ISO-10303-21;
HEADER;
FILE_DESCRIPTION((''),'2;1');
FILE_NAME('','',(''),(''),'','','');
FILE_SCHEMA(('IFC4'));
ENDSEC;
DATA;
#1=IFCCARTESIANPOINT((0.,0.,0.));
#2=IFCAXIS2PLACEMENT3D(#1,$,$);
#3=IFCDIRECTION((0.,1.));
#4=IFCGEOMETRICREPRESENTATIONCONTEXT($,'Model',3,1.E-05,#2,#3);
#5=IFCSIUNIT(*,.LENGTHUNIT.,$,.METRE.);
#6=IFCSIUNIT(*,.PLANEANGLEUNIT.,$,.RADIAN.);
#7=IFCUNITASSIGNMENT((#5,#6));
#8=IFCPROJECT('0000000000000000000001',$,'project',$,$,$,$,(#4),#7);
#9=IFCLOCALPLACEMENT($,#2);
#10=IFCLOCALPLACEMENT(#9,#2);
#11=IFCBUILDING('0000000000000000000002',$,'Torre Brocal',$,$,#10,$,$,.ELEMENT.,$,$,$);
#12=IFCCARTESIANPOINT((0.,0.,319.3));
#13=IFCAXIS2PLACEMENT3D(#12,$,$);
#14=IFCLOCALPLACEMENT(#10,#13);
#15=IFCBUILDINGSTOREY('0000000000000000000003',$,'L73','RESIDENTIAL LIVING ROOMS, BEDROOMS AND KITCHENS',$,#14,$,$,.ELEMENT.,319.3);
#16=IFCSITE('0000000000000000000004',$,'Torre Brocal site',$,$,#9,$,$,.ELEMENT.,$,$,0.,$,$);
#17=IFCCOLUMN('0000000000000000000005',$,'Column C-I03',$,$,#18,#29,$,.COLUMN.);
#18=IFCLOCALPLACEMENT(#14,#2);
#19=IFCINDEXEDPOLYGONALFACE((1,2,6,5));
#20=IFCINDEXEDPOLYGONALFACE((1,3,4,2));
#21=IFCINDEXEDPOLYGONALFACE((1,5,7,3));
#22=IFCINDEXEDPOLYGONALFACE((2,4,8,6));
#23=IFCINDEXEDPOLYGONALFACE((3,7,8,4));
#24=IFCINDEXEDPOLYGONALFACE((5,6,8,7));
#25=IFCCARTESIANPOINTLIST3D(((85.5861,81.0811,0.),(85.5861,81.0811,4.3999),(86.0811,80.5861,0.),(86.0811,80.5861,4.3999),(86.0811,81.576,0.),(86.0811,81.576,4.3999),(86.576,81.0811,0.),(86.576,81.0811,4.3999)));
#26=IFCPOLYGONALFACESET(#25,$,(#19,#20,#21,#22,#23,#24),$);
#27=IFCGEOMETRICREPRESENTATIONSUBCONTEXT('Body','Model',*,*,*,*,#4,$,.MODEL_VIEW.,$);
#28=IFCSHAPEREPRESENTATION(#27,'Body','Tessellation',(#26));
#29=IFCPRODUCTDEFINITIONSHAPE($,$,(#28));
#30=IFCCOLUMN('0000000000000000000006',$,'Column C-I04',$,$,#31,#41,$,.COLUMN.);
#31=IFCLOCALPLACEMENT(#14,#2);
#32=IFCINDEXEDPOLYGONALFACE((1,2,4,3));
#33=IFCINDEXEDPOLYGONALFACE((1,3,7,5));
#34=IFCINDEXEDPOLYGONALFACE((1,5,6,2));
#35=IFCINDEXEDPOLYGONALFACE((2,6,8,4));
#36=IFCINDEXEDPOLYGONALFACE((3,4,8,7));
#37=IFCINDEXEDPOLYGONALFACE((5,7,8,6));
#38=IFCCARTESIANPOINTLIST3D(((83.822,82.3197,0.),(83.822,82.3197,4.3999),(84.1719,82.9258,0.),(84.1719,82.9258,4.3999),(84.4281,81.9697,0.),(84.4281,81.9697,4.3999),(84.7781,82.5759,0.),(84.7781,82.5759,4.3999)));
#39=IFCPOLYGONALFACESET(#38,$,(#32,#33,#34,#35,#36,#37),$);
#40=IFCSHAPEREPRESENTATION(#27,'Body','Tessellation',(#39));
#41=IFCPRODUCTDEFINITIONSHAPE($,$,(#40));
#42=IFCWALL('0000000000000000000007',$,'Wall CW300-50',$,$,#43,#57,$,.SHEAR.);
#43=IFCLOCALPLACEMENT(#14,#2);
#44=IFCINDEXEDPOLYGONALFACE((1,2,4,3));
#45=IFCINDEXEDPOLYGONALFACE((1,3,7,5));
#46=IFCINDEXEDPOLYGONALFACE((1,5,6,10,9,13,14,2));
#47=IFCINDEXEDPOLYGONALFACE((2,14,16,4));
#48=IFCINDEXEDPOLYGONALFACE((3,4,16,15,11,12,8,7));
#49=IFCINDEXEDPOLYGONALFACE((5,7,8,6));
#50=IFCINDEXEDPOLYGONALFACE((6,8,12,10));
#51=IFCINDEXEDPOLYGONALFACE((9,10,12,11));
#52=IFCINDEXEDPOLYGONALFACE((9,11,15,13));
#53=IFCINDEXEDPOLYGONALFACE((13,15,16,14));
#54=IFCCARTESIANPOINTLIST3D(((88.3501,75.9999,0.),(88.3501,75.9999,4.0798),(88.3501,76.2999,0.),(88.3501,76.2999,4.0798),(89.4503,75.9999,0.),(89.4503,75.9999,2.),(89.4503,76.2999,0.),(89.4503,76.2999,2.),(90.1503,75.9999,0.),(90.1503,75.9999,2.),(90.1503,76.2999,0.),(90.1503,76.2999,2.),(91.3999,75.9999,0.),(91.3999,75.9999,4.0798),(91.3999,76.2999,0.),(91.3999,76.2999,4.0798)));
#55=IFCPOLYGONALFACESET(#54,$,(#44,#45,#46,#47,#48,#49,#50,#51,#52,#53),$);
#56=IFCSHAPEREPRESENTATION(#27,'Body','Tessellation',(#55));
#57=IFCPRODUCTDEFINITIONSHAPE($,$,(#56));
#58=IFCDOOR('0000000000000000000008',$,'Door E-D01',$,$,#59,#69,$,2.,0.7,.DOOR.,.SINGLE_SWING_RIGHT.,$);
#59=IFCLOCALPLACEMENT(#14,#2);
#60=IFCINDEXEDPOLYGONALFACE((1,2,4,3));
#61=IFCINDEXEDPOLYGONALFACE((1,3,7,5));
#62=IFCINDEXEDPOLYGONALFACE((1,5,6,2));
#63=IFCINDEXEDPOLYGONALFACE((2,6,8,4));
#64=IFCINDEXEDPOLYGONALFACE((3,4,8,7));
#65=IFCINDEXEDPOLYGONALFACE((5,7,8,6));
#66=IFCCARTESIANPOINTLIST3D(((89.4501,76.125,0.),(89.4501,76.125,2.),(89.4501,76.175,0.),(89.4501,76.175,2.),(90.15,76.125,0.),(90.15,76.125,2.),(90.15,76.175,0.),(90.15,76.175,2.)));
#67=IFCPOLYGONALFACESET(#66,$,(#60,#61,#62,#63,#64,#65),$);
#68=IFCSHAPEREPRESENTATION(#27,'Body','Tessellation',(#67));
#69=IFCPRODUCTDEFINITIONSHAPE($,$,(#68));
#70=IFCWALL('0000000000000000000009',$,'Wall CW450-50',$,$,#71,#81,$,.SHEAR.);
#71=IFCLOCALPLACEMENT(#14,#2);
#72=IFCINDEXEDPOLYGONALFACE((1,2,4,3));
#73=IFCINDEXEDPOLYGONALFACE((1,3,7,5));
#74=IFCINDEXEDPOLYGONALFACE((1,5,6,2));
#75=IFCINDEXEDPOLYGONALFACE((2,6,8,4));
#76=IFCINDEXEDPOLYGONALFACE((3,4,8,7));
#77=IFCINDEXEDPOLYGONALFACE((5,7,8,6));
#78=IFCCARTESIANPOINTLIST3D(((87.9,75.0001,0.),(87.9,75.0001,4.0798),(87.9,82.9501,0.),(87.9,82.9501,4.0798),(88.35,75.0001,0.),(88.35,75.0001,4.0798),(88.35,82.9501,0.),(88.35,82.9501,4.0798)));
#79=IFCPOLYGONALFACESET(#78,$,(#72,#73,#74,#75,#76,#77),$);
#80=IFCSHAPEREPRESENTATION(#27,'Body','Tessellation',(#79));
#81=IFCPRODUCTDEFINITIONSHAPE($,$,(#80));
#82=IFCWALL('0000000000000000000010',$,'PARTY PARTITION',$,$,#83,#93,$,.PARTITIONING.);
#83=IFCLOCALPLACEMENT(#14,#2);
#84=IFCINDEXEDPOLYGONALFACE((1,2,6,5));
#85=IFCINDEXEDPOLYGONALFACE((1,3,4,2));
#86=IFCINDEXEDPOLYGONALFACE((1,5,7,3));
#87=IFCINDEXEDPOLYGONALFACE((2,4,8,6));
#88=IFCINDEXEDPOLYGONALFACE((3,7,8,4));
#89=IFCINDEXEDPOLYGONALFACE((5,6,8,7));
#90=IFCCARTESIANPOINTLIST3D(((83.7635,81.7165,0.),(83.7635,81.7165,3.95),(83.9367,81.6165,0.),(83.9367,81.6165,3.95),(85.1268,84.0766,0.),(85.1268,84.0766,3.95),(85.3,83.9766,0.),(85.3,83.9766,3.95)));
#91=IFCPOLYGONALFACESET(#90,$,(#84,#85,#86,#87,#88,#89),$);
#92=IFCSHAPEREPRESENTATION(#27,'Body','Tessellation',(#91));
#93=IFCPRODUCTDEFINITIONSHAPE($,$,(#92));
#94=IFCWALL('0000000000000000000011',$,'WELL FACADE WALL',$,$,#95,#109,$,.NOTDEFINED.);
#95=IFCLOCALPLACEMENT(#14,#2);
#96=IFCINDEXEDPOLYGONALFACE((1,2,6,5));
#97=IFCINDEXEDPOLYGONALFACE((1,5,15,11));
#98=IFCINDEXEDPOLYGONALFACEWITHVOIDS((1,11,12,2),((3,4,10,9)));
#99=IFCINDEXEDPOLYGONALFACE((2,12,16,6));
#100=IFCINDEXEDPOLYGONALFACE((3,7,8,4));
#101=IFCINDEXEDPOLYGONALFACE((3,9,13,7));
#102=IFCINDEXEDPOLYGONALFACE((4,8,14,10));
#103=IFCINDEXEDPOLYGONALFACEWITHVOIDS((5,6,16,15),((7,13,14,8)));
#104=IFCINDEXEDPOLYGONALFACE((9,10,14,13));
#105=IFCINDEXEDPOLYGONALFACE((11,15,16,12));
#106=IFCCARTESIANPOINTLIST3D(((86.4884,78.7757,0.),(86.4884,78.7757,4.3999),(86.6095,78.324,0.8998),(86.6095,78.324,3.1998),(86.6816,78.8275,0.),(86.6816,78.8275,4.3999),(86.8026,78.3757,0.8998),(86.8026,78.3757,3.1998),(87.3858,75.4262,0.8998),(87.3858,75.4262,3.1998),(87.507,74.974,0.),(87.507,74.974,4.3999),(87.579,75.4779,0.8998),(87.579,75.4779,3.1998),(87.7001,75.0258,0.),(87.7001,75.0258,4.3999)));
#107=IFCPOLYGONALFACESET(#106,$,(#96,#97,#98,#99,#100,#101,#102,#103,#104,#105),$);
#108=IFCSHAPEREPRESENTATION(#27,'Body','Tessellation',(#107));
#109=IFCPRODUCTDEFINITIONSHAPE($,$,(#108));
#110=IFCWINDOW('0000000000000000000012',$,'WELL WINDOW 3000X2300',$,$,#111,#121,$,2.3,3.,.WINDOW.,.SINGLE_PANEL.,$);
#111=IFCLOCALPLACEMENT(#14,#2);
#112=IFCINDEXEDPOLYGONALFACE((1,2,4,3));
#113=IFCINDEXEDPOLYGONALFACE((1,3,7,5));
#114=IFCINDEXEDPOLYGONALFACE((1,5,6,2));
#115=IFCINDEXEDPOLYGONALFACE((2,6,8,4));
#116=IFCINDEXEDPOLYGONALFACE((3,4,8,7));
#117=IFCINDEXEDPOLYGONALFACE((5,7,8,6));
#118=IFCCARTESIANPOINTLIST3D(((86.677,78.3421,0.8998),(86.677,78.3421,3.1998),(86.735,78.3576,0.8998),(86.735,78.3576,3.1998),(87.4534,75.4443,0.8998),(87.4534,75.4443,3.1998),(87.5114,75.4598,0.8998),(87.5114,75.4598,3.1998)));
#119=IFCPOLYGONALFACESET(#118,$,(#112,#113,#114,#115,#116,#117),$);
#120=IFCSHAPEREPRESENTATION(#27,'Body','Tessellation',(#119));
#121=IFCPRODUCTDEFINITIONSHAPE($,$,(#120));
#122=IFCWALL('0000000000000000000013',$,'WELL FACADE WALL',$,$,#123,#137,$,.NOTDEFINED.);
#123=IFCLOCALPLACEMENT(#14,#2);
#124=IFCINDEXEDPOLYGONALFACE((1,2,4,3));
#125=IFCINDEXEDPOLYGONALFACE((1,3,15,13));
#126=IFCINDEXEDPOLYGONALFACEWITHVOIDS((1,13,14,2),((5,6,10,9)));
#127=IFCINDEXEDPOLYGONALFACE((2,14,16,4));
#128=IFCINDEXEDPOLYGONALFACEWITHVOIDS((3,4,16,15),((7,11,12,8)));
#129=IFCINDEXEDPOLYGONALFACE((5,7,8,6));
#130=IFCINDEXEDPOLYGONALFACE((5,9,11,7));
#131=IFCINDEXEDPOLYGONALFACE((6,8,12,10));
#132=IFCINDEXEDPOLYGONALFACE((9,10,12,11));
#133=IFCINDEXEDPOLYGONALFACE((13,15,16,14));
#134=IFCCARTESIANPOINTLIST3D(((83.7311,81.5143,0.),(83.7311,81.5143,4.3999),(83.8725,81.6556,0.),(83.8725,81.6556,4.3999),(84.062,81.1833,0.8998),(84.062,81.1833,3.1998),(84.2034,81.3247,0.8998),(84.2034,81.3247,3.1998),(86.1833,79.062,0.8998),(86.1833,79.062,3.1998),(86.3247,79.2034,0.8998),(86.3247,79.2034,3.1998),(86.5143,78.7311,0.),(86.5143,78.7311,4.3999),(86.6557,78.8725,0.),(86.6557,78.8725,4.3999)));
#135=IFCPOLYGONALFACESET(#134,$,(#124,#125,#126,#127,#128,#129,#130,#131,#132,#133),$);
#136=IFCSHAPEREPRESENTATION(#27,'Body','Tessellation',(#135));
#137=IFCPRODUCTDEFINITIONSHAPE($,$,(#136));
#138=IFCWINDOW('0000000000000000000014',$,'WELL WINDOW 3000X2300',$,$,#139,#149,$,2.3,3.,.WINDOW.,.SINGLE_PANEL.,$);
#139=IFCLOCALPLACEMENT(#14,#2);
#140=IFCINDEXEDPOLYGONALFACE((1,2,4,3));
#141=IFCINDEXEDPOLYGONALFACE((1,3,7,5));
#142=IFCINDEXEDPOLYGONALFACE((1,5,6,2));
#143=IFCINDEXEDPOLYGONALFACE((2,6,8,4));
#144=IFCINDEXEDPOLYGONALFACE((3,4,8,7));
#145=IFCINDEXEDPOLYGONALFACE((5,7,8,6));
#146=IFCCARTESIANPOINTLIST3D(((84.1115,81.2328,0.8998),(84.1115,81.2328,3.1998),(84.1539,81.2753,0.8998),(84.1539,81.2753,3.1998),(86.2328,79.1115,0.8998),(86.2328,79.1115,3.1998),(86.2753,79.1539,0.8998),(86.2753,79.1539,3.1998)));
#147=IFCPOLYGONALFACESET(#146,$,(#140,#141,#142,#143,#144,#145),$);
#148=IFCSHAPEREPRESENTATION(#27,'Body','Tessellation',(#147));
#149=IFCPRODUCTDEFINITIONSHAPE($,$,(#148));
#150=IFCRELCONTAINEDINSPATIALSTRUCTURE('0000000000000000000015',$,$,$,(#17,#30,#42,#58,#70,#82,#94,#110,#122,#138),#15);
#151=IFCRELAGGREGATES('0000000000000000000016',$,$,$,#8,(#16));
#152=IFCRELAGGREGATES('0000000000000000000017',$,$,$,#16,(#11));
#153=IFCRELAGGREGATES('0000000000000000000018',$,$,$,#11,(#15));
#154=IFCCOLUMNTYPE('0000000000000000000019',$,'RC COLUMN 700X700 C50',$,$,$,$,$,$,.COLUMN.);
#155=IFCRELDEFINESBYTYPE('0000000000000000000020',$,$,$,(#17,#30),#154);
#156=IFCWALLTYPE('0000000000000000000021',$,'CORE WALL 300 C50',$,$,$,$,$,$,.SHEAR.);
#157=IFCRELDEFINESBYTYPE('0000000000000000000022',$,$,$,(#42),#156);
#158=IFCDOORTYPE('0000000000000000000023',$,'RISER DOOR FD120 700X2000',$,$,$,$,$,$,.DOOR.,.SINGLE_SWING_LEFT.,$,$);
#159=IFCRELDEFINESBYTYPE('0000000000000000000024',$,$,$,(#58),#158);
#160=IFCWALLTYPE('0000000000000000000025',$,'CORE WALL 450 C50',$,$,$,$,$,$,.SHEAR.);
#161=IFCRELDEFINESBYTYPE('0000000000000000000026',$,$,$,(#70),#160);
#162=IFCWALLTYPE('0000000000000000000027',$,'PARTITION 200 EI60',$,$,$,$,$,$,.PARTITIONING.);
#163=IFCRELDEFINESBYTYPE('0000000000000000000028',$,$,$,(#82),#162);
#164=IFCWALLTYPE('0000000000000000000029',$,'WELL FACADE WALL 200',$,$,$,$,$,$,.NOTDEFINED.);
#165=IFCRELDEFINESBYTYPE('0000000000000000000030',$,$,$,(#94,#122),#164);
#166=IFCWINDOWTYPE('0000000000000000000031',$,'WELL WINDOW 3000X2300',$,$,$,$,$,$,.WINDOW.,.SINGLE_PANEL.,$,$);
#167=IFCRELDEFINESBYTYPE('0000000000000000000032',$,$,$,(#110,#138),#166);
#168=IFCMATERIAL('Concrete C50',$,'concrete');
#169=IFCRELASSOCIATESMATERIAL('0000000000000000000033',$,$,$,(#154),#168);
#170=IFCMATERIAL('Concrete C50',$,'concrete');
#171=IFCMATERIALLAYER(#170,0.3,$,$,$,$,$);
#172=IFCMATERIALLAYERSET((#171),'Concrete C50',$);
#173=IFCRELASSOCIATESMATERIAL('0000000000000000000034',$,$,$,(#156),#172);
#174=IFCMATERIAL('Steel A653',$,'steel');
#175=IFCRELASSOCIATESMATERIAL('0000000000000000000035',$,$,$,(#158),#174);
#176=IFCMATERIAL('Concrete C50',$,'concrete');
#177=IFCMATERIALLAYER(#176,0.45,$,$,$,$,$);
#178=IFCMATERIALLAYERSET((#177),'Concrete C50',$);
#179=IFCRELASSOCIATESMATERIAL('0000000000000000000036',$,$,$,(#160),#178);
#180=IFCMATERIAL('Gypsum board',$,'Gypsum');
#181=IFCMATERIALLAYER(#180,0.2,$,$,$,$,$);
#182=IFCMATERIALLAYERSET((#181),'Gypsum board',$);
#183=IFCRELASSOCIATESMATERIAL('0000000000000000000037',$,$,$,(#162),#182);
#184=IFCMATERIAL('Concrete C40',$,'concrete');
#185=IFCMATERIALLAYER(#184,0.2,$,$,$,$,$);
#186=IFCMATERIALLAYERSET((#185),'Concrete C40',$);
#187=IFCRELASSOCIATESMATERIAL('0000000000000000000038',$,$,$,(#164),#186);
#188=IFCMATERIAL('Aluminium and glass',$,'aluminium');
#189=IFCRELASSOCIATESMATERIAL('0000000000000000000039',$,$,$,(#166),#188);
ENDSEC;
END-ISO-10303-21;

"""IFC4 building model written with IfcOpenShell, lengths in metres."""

from ifc_helpers import new_model, si_unit, direction, frame, frame_2d, origin, origin_2d, place, context, subcontext, project, spatial, rectangle, extrude, material, layer, layer_set, material_profile, profile_set, type_object, element, fill, save


model = new_model("IFC4")

# Units and contexts
model_context = context("Model", 3, precision=1e-05, world=origin(), true_north=direction((0.0, 1.0)))
body_context = subcontext(model_context, "Body", "Model", "MODEL_VIEW")
ifc_project = project(units=[si_unit("LENGTHUNIT", "METRE"), si_unit("PLANEANGLEUNIT", "RADIAN")], contexts=[model_context])

# Site, building, storey
site_placement = place(None, origin())
site = spatial("IfcSite", under=ifc_project, at=site_placement, Name="Torre Brocal site", CompositionType="ELEMENT", RefElevation=0.0)
building_placement = place(site_placement, origin())
building = spatial("IfcBuilding", under=site, at=building_placement, Name="Torre Brocal", CompositionType="ELEMENT")
storey_placement = place(building_placement, frame((0.0, 0.0, 319.3)))
storey = spatial("IfcBuildingStorey", under=building, at=storey_placement, Name="L73", Description="RESIDENTIAL LIVING ROOMS, BEDROOMS AND KITCHENS", CompositionType="ELEMENT", Elevation=319.3)

# Columns
ifc_material_1 = material(Name="Concrete C50", Category="concrete")
ifc_material_profile = material_profile(ifc_material_1, rectangle(XDim=0.7, YDim=0.7, at=origin_2d()), Name="RC 700X700")
ifc_profile_set = profile_set([ifc_material_profile], Name="Concrete C50")
column_type = type_object("IfcColumnType", Name="RC COLUMN 700X700 C50", PredefinedType="COLUMN", material=ifc_profile_set)
for number, where, z_axis, x_axis, name in (
    (1, (86.0811, 81.0811, 0.0), (0.0, 0.0, 1.0), (0.707107, 0.707107, 0.0), "Column C-I03"),
    (2, (84.3, 82.4478, 0.0), (0.0, 0.0, 1.0), (0.5, 0.866025, 0.0), "Column C-I04"),
):
    element("IfcColumn", number, at=place(storey_placement, frame(where, z_axis=z_axis, x_axis=x_axis)), inside=storey, type_object=column_type, Name=name, PredefinedType="COLUMN", context=body_context, shape_type="SweptSolid", body=[
        extrude(rectangle(XDim=0.7, YDim=0.7, at=origin_2d()), origin(), (0.0, 0.0, 1.0), 4.3999),
    ])

# Wall, opening, door
ifc_material_2 = material(Name="Concrete C50", Category="concrete")
ifc_layer_1 = layer(ifc_material_2, 0.3)
ifc_layer_set_1 = layer_set([ifc_layer_1], Name="Concrete C50")
wall_type_1 = type_object("IfcWallType", Name="CORE WALL 300 C50", PredefinedType="SHEAR", material=ifc_layer_set_1)
wall_1_placement = place(storey_placement, frame((88.3501, 76.1499, 0.0), z_axis=(0.0, 0.0, 1.0), x_axis=(1.0, 0.0, 0.0)))
wall_1 = element("IfcWall", 3, at=wall_1_placement, inside=storey, type_object=wall_type_1, Name="Wall CW300-50", PredefinedType="SHEAR", context=body_context, shape_type="SweptSolid", body=[
    extrude(rectangle(XDim=3.0498, YDim=0.3, at=frame_2d((1.5249, 0.0))), origin(), (0.0, 0.0, 1.0), 4.0798),
])
opening_1_placement = place(wall_1_placement, frame((1.1001, 0.0, 0.0)))
opening_1 = element("IfcOpeningElement", 4, at=opening_1_placement, cuts=wall_1, PredefinedType="OPENING", context=body_context, shape_type="SweptSolid", body=[
    extrude(rectangle(XDim=0.7, YDim=2.0, at=frame_2d((0.3501, 1.0))), frame((0.0, 0.1599, 0.0), z_axis=(0.0, -1.0, 0.0), x_axis=(1.0, 0.0, 0.0)), (0.0, 0.0, 1.0), 0.3201),
])
ifc_material_3 = material(Name="Steel A653", Category="steel")
door_type = type_object("IfcDoorType", Name="RISER DOOR FD120 700X2000", OperationType="SINGLE_SWING_LEFT", PredefinedType="DOOR", material=ifc_material_3)
door_placement = place(opening_1_placement, frame((0.7, 0.0, 0.0), z_axis=(0.0, 0.0, 1.0), x_axis=(-1.0, 0.0, 0.0)))
door = element("IfcDoor", 5, at=door_placement, inside=storey, type_object=door_type, Name="Door E-D01", OperationType="SINGLE_SWING_RIGHT", OverallHeight=2.0, OverallWidth=0.7, PredefinedType="DOOR", context=body_context, shape_type="SweptSolid", body=[
    extrude(rectangle(XDim=0.7, YDim=2.0, at=frame_2d((0.3501, 1.0))), frame((0.0, 0.0249, 0.0), z_axis=(0.0, -1.0, 0.0), x_axis=(1.0, 0.0, 0.0)), (0.0, 0.0, 1.0), 0.05),
])
fill(opening_1, door)

# Walls
ifc_material_4 = material(Name="Concrete C50", Category="concrete")
ifc_layer_2 = layer(ifc_material_4, 0.45)
ifc_layer_set_2 = layer_set([ifc_layer_2], Name="Concrete C50")
wall_type_2 = type_object("IfcWallType", Name="CORE WALL 450 C50", PredefinedType="SHEAR", material=ifc_layer_set_2)
wall_2_placement = place(storey_placement, frame((88.125, 75.0, 0.0), z_axis=(0.0, 0.0, 1.0), x_axis=(0.0, 1.0, 0.0)))
element("IfcWall", 6, at=wall_2_placement, inside=storey, type_object=wall_type_2, Name="Wall CW450-50", PredefinedType="SHEAR", context=body_context, shape_type="SweptSolid", body=[
    extrude(rectangle(XDim=7.95, YDim=0.45, at=frame_2d((3.9751, 0.0))), origin(), (0.0, 0.0, 1.0), 4.0798),
])
ifc_material_5 = material(Name="Gypsum board", Category="Gypsum")
ifc_layer_3 = layer(ifc_material_5, 0.2)
ifc_layer_set_3 = layer_set([ifc_layer_3], Name="Gypsum board")
wall_type_3 = type_object("IfcWallType", Name="PARTITION 200 EI60", PredefinedType="PARTITIONING", material=ifc_layer_set_3)
wall_3_placement = place(storey_placement, frame((83.8501, 81.6665, 0.0), z_axis=(0.0, 0.0, 1.0), x_axis=(0.500185, 0.865919, 0.0)))
element("IfcWall", 7, at=wall_3_placement, inside=storey, type_object=wall_type_3, Name="PARTY PARTITION", PredefinedType="PARTITIONING", context=body_context, shape_type="SweptSolid", body=[
    extrude(rectangle(XDim=2.7256, YDim=0.2, at=frame_2d((1.3628, 0.0))), origin(), (0.0, 0.0, 1.0), 3.95),
])

# Walls, openings, windows
ifc_material_6 = material(Name="Concrete C40", Category="concrete")
ifc_layer_4 = layer(ifc_material_6, 0.2)
ifc_layer_set_4 = layer_set([ifc_layer_4], Name="Concrete C40")
wall_type_4 = type_object("IfcWallType", Name="WELL FACADE WALL 200", PredefinedType="NOTDEFINED", material=ifc_layer_set_4)
wall_4_placement = place(storey_placement, frame((87.6035, 75.0, 0.0), z_axis=(0.0, 0.0, 1.0), x_axis=(-0.25879, 0.965934, 0.0)))
wall_4 = element("IfcWall", 8, at=wall_4_placement, inside=storey, type_object=wall_type_4, Name="WELL FACADE WALL", PredefinedType="NOTDEFINED", context=body_context, shape_type="SweptSolid", body=[
    extrude(rectangle(XDim=3.9358, YDim=0.2, at=frame_2d((1.9678, 0.0))), origin(), (0.0, 0.0, 1.0), 4.3999),
])
opening_2_placement = place(wall_4_placement, frame((0.468, 0.0, 0.8999)))
opening_2 = element("IfcOpeningElement", 9, at=opening_2_placement, cuts=wall_4, PredefinedType="OPENING", context=body_context, shape_type="SweptSolid", body=[
    extrude(rectangle(XDim=3.0, YDim=2.3, at=frame_2d((1.5, 1.1499))), frame((0.0, 0.1099, 0.0), z_axis=(0.0, -1.0, 0.0), x_axis=(1.0, 0.0, 0.0)), (0.0, 0.0, 1.0), 0.22),
])
ifc_material_7 = material(Name="Aluminium and glass", Category="aluminium")
window_type = type_object("IfcWindowType", Name="WELL WINDOW 3000X2300", PartitioningType="SINGLE_PANEL", PredefinedType="WINDOW", material=ifc_material_7)
window_1_placement = place(opening_2_placement, origin())
window_1 = element("IfcWindow", 10, at=window_1_placement, inside=storey, type_object=window_type, Name="WELL WINDOW 3000X2300", OverallHeight=2.3, OverallWidth=3.0, PartitioningType="SINGLE_PANEL", PredefinedType="WINDOW", context=body_context, shape_type="SweptSolid", body=[
    extrude(rectangle(XDim=3.0, YDim=2.3, at=frame_2d((1.5, 1.1499))), frame((0.0, 0.03, 0.0), z_axis=(0.0, -1.0, 0.0), x_axis=(1.0, 0.0, 0.0)), (0.0, 0.0, 1.0), 0.0601),
])
fill(opening_2, window_1)
wall_5_placement = place(storey_placement, frame((86.585, 78.8018, 0.0), z_axis=(0.0, 0.0, 1.0), x_axis=(-0.707107, 0.707107, 0.0)))
wall_5 = element("IfcWall", 11, at=wall_5_placement, inside=storey, type_object=wall_type_4, Name="WELL FACADE WALL", PredefinedType="NOTDEFINED", context=body_context, shape_type="SweptSolid", body=[
    extrude(rectangle(XDim=3.936, YDim=0.2, at=frame_2d((1.968, 0.0))), origin(), (0.0, 0.0, 1.0), 4.3999),
])
opening_3_placement = place(wall_5_placement, frame((0.468, 0.0, 0.8999)))
opening_3 = element("IfcOpeningElement", 12, at=opening_3_placement, cuts=wall_5, PredefinedType="OPENING", context=body_context, shape_type="SweptSolid", body=[
    extrude(rectangle(XDim=3.0, YDim=2.3, at=frame_2d((1.5, 1.1499))), frame((0.0, 0.1099, 0.0), z_axis=(0.0, -1.0, 0.0), x_axis=(1.0, 0.0, 0.0)), (0.0, 0.0, 1.0), 0.22),
])
window_2_placement = place(opening_3_placement, origin())
window_2 = element("IfcWindow", 13, at=window_2_placement, inside=storey, type_object=window_type, Name="WELL WINDOW 3000X2300", OverallHeight=2.3, OverallWidth=3.0, PartitioningType="SINGLE_PANEL", PredefinedType="WINDOW", context=body_context, shape_type="SweptSolid", body=[
    extrude(rectangle(XDim=3.0, YDim=2.3, at=frame_2d((1.5, 1.1499))), frame((0.0, 0.03, 0.0), z_axis=(0.0, -1.0, 0.0), x_axis=(1.0, 0.0, 0.0)), (0.0, 0.0, 1.0), 0.0601),
])
fill(opening_3, window_2)

save(model, "model.ifc")
